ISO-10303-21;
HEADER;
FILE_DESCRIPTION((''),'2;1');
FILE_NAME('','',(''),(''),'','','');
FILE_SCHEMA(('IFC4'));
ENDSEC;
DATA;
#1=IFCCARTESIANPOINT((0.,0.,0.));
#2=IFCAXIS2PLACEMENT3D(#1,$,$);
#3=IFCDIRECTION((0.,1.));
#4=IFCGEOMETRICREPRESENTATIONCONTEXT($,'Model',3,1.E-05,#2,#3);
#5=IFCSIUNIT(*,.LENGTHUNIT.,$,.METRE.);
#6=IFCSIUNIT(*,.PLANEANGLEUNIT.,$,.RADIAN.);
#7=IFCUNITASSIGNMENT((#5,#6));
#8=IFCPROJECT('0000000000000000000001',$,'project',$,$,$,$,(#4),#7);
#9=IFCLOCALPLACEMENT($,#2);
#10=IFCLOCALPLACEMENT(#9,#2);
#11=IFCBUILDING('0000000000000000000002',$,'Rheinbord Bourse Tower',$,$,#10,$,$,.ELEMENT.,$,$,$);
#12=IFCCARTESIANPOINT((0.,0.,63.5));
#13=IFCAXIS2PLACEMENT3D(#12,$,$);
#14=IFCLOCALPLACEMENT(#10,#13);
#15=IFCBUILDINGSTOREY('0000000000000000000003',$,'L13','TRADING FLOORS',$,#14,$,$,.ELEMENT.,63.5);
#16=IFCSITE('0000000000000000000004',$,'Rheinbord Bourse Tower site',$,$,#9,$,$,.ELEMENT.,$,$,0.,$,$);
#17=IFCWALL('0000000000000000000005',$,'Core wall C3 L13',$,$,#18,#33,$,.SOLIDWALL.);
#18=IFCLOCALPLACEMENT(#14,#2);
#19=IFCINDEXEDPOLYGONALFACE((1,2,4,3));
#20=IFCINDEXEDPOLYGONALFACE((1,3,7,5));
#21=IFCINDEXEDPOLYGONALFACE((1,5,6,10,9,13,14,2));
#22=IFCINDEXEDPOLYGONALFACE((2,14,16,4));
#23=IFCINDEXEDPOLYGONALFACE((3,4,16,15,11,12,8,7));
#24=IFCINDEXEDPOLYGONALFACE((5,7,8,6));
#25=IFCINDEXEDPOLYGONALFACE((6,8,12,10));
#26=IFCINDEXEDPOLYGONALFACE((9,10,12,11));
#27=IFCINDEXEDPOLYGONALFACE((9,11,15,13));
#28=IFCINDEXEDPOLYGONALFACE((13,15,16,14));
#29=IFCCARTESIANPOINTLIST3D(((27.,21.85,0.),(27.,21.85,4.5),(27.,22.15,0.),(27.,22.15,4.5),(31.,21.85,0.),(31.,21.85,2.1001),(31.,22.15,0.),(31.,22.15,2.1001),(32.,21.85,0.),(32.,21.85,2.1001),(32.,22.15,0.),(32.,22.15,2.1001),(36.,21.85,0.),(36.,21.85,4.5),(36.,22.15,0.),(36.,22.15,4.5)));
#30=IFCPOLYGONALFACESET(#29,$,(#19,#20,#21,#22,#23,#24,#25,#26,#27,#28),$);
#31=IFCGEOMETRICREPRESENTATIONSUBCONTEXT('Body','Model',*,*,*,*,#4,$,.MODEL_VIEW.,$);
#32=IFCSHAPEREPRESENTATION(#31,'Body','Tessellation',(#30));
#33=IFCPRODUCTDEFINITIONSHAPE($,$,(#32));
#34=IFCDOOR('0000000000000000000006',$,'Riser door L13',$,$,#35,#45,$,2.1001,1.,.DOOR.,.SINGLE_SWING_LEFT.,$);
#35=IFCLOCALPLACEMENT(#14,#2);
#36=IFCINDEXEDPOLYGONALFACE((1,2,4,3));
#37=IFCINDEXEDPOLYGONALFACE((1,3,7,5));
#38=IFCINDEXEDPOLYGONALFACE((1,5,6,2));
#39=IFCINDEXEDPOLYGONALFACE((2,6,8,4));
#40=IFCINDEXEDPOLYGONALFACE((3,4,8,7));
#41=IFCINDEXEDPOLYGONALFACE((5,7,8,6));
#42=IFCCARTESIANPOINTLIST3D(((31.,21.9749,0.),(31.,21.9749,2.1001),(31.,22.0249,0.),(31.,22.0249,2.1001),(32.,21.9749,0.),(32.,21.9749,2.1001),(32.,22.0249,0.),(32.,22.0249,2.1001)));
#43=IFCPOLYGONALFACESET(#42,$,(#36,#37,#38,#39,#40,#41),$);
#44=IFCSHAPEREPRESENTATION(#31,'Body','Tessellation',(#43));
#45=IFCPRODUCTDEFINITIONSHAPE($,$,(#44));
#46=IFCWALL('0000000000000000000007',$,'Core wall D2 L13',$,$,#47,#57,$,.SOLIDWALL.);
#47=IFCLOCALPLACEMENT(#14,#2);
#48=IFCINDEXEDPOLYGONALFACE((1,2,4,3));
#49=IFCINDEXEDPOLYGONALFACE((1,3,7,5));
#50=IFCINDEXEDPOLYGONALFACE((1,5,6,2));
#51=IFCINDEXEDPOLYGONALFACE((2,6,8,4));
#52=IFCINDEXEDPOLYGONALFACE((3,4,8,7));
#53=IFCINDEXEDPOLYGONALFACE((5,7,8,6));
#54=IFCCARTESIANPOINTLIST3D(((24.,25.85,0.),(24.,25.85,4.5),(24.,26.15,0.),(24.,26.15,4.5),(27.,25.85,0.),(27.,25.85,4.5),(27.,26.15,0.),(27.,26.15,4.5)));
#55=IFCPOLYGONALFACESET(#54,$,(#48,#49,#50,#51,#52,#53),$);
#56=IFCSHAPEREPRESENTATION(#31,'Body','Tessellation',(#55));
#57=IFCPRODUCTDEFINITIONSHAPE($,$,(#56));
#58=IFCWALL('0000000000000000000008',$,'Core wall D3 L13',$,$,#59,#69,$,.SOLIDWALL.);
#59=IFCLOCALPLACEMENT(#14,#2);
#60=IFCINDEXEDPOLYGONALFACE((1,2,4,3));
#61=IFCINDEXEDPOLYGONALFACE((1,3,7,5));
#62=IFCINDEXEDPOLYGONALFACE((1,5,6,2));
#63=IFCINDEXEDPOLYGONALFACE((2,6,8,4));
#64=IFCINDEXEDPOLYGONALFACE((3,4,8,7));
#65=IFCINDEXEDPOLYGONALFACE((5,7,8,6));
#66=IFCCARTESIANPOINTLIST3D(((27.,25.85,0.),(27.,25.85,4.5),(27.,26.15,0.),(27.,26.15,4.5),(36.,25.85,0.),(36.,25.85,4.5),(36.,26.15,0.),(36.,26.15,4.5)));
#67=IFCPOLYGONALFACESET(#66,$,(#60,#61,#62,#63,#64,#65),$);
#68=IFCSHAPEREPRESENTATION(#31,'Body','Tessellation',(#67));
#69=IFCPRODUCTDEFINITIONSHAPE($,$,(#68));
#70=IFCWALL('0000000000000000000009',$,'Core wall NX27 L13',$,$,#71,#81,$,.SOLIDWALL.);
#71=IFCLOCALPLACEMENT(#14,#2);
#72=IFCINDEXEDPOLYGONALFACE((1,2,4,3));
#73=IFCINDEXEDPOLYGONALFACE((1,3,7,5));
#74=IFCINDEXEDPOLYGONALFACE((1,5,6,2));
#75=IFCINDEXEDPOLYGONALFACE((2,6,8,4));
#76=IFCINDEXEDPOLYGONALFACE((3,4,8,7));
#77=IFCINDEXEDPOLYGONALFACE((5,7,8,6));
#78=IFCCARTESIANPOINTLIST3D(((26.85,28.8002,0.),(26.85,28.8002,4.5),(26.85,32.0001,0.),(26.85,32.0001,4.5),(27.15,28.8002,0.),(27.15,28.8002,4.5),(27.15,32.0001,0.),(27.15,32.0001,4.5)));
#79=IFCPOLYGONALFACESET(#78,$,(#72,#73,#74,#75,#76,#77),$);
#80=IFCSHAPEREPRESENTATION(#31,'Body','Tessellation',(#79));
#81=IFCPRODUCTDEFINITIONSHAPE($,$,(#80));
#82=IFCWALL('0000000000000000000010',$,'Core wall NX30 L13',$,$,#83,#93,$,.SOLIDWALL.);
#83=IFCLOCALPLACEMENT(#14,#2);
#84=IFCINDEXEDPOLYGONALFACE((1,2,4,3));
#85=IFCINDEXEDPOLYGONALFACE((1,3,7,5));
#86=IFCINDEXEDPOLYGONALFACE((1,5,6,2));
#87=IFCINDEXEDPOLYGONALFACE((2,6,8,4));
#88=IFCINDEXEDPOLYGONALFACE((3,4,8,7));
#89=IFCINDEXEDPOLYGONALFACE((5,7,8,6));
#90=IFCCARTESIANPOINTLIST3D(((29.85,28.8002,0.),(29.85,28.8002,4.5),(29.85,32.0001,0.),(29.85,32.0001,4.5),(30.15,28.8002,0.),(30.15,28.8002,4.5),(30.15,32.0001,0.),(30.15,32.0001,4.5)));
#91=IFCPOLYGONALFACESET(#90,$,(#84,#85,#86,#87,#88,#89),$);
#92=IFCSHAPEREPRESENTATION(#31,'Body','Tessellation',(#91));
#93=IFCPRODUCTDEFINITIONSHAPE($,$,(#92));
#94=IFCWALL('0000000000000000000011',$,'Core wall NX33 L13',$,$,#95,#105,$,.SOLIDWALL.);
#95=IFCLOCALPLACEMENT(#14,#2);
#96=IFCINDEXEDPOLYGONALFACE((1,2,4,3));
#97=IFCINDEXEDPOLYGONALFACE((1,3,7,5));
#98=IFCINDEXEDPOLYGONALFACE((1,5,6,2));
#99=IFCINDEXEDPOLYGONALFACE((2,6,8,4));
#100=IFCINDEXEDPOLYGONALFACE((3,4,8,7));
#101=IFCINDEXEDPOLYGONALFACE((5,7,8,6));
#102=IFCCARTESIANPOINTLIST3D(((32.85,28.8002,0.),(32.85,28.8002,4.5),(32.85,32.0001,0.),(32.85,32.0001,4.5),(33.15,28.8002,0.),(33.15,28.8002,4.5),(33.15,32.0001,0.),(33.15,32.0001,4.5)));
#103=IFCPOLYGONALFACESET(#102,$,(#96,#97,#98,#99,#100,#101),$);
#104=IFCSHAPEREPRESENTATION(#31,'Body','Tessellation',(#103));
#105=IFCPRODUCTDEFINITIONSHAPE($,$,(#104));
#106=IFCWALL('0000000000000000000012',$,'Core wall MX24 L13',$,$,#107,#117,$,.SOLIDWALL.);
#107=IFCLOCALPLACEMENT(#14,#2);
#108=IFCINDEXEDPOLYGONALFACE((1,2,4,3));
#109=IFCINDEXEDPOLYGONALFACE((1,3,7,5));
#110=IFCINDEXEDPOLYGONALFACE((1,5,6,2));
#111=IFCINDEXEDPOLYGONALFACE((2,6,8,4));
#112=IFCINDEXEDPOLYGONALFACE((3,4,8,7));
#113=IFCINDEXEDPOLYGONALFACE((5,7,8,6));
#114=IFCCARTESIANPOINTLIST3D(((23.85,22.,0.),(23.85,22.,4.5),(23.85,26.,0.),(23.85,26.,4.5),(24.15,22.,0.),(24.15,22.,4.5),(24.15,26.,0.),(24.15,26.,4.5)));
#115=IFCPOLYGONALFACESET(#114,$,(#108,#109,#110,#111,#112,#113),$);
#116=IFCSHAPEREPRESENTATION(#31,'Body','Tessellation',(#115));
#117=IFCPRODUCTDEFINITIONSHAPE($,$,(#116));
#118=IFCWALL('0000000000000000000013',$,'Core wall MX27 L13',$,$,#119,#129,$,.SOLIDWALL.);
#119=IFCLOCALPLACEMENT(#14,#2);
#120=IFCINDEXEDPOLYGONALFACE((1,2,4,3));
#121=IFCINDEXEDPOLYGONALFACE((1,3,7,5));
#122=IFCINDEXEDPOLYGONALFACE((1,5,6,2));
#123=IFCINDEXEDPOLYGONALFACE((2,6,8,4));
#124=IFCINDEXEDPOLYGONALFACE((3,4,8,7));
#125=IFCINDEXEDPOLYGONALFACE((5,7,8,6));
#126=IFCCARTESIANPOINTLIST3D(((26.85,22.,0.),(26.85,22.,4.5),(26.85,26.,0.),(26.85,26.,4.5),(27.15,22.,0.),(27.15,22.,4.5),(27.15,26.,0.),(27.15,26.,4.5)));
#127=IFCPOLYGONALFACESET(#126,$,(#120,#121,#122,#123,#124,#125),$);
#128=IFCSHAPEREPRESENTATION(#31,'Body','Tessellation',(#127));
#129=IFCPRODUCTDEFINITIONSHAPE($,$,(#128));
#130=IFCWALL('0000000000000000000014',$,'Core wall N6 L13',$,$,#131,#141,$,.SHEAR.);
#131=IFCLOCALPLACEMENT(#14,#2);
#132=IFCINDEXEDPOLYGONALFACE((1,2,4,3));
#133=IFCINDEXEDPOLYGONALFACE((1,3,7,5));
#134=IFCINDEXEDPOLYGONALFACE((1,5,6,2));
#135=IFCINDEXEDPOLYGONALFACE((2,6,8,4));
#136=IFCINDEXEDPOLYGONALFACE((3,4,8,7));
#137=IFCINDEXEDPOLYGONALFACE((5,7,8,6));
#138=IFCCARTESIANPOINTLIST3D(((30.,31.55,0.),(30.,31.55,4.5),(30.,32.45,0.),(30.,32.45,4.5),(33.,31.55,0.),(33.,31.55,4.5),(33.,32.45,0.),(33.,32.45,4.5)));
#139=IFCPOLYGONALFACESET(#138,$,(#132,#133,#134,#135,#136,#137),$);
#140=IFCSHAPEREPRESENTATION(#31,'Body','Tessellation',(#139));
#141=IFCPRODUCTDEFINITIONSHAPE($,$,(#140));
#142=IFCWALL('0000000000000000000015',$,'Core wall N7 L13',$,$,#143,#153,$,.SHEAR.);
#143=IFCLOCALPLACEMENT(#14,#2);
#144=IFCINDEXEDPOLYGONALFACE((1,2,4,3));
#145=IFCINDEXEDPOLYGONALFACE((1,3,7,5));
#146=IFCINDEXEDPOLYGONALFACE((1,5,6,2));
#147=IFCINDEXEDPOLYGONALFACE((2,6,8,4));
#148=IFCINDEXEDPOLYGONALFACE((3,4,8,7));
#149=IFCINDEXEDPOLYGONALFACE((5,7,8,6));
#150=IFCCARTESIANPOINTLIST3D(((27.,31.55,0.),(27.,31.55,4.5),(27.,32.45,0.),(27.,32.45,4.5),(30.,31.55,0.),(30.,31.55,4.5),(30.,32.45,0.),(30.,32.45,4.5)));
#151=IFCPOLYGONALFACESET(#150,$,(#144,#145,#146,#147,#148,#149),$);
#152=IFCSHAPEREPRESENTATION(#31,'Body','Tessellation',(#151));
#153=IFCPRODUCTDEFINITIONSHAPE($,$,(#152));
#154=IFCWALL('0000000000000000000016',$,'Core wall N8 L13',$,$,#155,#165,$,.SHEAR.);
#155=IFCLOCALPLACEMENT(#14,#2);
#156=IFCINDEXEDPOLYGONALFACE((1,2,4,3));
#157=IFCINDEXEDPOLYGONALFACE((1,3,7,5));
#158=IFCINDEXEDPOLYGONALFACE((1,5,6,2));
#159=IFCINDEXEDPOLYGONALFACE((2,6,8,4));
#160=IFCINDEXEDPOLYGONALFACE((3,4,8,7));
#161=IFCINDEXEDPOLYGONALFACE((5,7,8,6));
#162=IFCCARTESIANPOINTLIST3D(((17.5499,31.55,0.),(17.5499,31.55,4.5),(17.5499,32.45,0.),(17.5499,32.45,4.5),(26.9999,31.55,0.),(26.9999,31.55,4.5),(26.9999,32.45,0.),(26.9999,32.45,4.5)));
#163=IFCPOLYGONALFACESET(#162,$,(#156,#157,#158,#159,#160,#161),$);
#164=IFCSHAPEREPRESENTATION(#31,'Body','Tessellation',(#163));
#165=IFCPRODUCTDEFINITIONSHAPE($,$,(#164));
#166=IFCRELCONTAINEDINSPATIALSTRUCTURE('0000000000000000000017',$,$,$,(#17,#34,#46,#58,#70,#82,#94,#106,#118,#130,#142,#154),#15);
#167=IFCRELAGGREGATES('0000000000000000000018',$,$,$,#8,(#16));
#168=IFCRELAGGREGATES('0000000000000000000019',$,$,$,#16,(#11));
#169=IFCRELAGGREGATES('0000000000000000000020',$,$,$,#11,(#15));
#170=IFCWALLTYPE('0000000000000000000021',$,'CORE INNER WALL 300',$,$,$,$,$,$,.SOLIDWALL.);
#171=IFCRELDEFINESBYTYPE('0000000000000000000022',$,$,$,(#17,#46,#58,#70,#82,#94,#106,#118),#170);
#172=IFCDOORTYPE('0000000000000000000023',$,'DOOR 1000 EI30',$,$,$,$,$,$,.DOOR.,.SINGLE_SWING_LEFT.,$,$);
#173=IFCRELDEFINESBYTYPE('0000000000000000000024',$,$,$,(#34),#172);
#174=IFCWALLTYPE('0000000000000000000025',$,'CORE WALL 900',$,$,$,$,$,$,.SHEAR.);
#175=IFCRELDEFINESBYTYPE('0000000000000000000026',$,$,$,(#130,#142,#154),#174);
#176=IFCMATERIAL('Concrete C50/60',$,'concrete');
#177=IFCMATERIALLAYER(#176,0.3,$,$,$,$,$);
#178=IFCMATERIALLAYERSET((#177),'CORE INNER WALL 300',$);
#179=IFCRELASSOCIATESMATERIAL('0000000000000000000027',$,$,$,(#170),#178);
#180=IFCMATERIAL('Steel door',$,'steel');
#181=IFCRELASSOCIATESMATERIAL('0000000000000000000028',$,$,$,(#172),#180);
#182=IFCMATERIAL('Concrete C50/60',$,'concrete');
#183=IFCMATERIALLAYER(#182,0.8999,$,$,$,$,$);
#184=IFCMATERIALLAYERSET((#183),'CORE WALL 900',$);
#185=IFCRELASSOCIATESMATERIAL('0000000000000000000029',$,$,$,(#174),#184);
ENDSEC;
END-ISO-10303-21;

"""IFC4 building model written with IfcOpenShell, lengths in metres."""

from ifc_helpers import new_model, si_unit, direction, frame, frame_2d, origin, place, context, subcontext, project, spatial, rectangle, extrude, material, layer, layer_set, type_object, element, fill, save


model = new_model("IFC4")

# Units and contexts
model_context = context("Model", 3, precision=1e-05, world=origin(), true_north=direction((0.0, 1.0)))
body_context = subcontext(model_context, "Body", "Model", "MODEL_VIEW")
ifc_project = project(units=[si_unit("LENGTHUNIT", "METRE"), si_unit("PLANEANGLEUNIT", "RADIAN")], contexts=[model_context])

# Site, building, storey
site_placement = place(None, origin())
site = spatial("IfcSite", under=ifc_project, at=site_placement, Name="Rheinbord Bourse Tower site", CompositionType="ELEMENT", RefElevation=0.0)
building_placement = place(site_placement, origin())
building = spatial("IfcBuilding", under=site, at=building_placement, Name="Rheinbord Bourse Tower", CompositionType="ELEMENT")
storey_placement = place(building_placement, frame((0.0, 0.0, 63.5)))
storey = spatial("IfcBuildingStorey", under=building, at=storey_placement, Name="L13", Description="TRADING FLOORS", CompositionType="ELEMENT", Elevation=63.5)

# Wall, opening, door
ifc_material_1 = material(Name="Concrete C50/60", Category="concrete")
ifc_layer_1 = layer(ifc_material_1, 0.3)
ifc_layer_set_1 = layer_set([ifc_layer_1], Name="CORE INNER WALL 300")
wall_type_1 = type_object("IfcWallType", Name="CORE INNER WALL 300", PredefinedType="SOLIDWALL", material=ifc_layer_set_1)
wall_1_placement = place(storey_placement, frame((27.0, 22.0, 0.0), z_axis=(0.0, 0.0, 1.0), x_axis=(1.0, 0.0, 0.0)))
wall_1 = element("IfcWall", 1, at=wall_1_placement, inside=storey, type_object=wall_type_1, Name="Core wall C3 L13", PredefinedType="SOLIDWALL", context=body_context, shape_type="SweptSolid", body=[
    extrude(rectangle(XDim=9.0, YDim=0.3, at=frame_2d((4.5, 0.0))), origin(), (0.0, 0.0, 1.0), 4.5),
])
opening_1_placement = place(wall_1_placement, frame((4.0, 0.0, 0.0)))
opening_1 = element("IfcOpeningElement", 2, at=opening_1_placement, cuts=wall_1, PredefinedType="OPENING", context=body_context, shape_type="SweptSolid", body=[
    extrude(rectangle(XDim=1.0, YDim=2.1001, at=frame_2d((0.5, 1.05))), frame((0.0, 0.1599, 0.0), z_axis=(0.0, -1.0, 0.0), x_axis=(1.0, 0.0, 0.0)), (0.0, 0.0, 1.0), 0.3201),
])
ifc_material_2 = material(Name="Steel door", Category="steel")
door_type_1 = type_object("IfcDoorType", Name="DOOR 1000 EI30", OperationType="SINGLE_SWING_LEFT", PredefinedType="DOOR", material=ifc_material_2)
door_1_placement = place(opening_1_placement, origin())
door_1 = element("IfcDoor", 3, at=door_1_placement, inside=storey, type_object=door_type_1, Name="Riser door L13", OperationType="SINGLE_SWING_LEFT", OverallHeight=2.1001, OverallWidth=1.0, PredefinedType="DOOR", context=body_context, shape_type="SweptSolid", body=[
    extrude(rectangle(XDim=1.0, YDim=2.1001, at=frame_2d((0.5, 1.05))), frame((0.0, 0.0249, 0.0), z_axis=(0.0, -1.0, 0.0), x_axis=(1.0, 0.0, 0.0)), (0.0, 0.0, 1.0), 0.05),
])
fill(opening_1, door_1)

# Walls
wall_2_placement = place(storey_placement, frame((24.0, 26.0, 0.0), z_axis=(0.0, 0.0, 1.0), x_axis=(1.0, 0.0, 0.0)))
element("IfcWall", 4, at=wall_2_placement, inside=storey, type_object=wall_type_1, Name="Core wall D2 L13", PredefinedType="SOLIDWALL", context=body_context, shape_type="SweptSolid", body=[
    extrude(rectangle(XDim=3.0, YDim=0.3, at=frame_2d((1.5, 0.0))), origin(), (0.0, 0.0, 1.0), 4.5),
])
wall_3_placement = place(storey_placement, frame((27.0, 26.0, 0.0), z_axis=(0.0, 0.0, 1.0), x_axis=(1.0, 0.0, 0.0)))
element("IfcWall", 5, at=wall_3_placement, inside=storey, type_object=wall_type_1, Name="Core wall D3 L13", PredefinedType="SOLIDWALL", context=body_context, shape_type="SweptSolid", body=[
    extrude(rectangle(XDim=9.0, YDim=0.3, at=frame_2d((4.5, 0.0))), origin(), (0.0, 0.0, 1.0), 4.5),
])
for number, where, z_axis, x_axis, name in (
    (6, (27.0, 28.8, 0.0), (0.0, 0.0, 1.0), (0.0, 1.0, 0.0), "Core wall NX27 L13"),
    (7, (30.0, 28.8, 0.0), (0.0, 0.0, 1.0), (0.0, 1.0, 0.0), "Core wall NX30 L13"),
    (8, (33.0, 28.8, 0.0), (0.0, 0.0, 1.0), (0.0, 1.0, 0.0), "Core wall NX33 L13"),
):
    element("IfcWall", number, at=place(storey_placement, frame(where, z_axis=z_axis, x_axis=x_axis)), inside=storey, type_object=wall_type_1, Name=name, PredefinedType="SOLIDWALL", context=body_context, shape_type="SweptSolid", body=[
        extrude(rectangle(XDim=3.2, YDim=0.3, at=frame_2d((1.6001, 0.0))), origin(), (0.0, 0.0, 1.0), 4.5),
    ])
for number, where, z_axis, x_axis, name in (
    (9, (24.0, 22.0, 0.0), (0.0, 0.0, 1.0), (0.0, 1.0, 0.0), "Core wall MX24 L13"),
    (10, (27.0, 22.0, 0.0), (0.0, 0.0, 1.0), (0.0, 1.0, 0.0), "Core wall MX27 L13"),
):
    element("IfcWall", number, at=place(storey_placement, frame(where, z_axis=z_axis, x_axis=x_axis)), inside=storey, type_object=wall_type_1, Name=name, PredefinedType="SOLIDWALL", context=body_context, shape_type="SweptSolid", body=[
        extrude(rectangle(XDim=4.0, YDim=0.3, at=frame_2d((2.0, 0.0))), origin(), (0.0, 0.0, 1.0), 4.5),
    ])
ifc_material_3 = material(Name="Concrete C50/60", Category="concrete")
ifc_layer_2 = layer(ifc_material_3, 0.8999)
ifc_layer_set_2 = layer_set([ifc_layer_2], Name="CORE WALL 900")
wall_type_2 = type_object("IfcWallType", Name="CORE WALL 900", PredefinedType="SHEAR", material=ifc_layer_set_2)
for number, where, z_axis, x_axis, name in (
    (11, (33.0, 32.0, 0.0), (0.0, 0.0, 1.0), (-1.0, 0.0, 0.0), "Core wall N6 L13"),
    (12, (30.0, 32.0, 0.0), (0.0, 0.0, 1.0), (-1.0, 0.0, 0.0), "Core wall N7 L13"),
):
    element("IfcWall", number, at=place(storey_placement, frame(where, z_axis=z_axis, x_axis=x_axis)), inside=storey, type_object=wall_type_2, Name=name, PredefinedType="SHEAR", context=body_context, shape_type="SweptSolid", body=[
        extrude(rectangle(XDim=3.0, YDim=0.8999, at=frame_2d((1.5, 0.0))), origin(), (0.0, 0.0, 1.0), 4.5),
    ])
wall_4_placement = place(storey_placement, frame((27.0, 32.0, 0.0), z_axis=(0.0, 0.0, 1.0), x_axis=(-1.0, 0.0, 0.0)))
element("IfcWall", 13, at=wall_4_placement, inside=storey, type_object=wall_type_2, Name="Core wall N8 L13", PredefinedType="SHEAR", context=body_context, shape_type="SweptSolid", body=[
    extrude(rectangle(XDim=9.45, YDim=0.8999, at=frame_2d((4.7251, 0.0))), origin(), (0.0, 0.0, 1.0), 4.5),
])

save(model, "model.ifc")
